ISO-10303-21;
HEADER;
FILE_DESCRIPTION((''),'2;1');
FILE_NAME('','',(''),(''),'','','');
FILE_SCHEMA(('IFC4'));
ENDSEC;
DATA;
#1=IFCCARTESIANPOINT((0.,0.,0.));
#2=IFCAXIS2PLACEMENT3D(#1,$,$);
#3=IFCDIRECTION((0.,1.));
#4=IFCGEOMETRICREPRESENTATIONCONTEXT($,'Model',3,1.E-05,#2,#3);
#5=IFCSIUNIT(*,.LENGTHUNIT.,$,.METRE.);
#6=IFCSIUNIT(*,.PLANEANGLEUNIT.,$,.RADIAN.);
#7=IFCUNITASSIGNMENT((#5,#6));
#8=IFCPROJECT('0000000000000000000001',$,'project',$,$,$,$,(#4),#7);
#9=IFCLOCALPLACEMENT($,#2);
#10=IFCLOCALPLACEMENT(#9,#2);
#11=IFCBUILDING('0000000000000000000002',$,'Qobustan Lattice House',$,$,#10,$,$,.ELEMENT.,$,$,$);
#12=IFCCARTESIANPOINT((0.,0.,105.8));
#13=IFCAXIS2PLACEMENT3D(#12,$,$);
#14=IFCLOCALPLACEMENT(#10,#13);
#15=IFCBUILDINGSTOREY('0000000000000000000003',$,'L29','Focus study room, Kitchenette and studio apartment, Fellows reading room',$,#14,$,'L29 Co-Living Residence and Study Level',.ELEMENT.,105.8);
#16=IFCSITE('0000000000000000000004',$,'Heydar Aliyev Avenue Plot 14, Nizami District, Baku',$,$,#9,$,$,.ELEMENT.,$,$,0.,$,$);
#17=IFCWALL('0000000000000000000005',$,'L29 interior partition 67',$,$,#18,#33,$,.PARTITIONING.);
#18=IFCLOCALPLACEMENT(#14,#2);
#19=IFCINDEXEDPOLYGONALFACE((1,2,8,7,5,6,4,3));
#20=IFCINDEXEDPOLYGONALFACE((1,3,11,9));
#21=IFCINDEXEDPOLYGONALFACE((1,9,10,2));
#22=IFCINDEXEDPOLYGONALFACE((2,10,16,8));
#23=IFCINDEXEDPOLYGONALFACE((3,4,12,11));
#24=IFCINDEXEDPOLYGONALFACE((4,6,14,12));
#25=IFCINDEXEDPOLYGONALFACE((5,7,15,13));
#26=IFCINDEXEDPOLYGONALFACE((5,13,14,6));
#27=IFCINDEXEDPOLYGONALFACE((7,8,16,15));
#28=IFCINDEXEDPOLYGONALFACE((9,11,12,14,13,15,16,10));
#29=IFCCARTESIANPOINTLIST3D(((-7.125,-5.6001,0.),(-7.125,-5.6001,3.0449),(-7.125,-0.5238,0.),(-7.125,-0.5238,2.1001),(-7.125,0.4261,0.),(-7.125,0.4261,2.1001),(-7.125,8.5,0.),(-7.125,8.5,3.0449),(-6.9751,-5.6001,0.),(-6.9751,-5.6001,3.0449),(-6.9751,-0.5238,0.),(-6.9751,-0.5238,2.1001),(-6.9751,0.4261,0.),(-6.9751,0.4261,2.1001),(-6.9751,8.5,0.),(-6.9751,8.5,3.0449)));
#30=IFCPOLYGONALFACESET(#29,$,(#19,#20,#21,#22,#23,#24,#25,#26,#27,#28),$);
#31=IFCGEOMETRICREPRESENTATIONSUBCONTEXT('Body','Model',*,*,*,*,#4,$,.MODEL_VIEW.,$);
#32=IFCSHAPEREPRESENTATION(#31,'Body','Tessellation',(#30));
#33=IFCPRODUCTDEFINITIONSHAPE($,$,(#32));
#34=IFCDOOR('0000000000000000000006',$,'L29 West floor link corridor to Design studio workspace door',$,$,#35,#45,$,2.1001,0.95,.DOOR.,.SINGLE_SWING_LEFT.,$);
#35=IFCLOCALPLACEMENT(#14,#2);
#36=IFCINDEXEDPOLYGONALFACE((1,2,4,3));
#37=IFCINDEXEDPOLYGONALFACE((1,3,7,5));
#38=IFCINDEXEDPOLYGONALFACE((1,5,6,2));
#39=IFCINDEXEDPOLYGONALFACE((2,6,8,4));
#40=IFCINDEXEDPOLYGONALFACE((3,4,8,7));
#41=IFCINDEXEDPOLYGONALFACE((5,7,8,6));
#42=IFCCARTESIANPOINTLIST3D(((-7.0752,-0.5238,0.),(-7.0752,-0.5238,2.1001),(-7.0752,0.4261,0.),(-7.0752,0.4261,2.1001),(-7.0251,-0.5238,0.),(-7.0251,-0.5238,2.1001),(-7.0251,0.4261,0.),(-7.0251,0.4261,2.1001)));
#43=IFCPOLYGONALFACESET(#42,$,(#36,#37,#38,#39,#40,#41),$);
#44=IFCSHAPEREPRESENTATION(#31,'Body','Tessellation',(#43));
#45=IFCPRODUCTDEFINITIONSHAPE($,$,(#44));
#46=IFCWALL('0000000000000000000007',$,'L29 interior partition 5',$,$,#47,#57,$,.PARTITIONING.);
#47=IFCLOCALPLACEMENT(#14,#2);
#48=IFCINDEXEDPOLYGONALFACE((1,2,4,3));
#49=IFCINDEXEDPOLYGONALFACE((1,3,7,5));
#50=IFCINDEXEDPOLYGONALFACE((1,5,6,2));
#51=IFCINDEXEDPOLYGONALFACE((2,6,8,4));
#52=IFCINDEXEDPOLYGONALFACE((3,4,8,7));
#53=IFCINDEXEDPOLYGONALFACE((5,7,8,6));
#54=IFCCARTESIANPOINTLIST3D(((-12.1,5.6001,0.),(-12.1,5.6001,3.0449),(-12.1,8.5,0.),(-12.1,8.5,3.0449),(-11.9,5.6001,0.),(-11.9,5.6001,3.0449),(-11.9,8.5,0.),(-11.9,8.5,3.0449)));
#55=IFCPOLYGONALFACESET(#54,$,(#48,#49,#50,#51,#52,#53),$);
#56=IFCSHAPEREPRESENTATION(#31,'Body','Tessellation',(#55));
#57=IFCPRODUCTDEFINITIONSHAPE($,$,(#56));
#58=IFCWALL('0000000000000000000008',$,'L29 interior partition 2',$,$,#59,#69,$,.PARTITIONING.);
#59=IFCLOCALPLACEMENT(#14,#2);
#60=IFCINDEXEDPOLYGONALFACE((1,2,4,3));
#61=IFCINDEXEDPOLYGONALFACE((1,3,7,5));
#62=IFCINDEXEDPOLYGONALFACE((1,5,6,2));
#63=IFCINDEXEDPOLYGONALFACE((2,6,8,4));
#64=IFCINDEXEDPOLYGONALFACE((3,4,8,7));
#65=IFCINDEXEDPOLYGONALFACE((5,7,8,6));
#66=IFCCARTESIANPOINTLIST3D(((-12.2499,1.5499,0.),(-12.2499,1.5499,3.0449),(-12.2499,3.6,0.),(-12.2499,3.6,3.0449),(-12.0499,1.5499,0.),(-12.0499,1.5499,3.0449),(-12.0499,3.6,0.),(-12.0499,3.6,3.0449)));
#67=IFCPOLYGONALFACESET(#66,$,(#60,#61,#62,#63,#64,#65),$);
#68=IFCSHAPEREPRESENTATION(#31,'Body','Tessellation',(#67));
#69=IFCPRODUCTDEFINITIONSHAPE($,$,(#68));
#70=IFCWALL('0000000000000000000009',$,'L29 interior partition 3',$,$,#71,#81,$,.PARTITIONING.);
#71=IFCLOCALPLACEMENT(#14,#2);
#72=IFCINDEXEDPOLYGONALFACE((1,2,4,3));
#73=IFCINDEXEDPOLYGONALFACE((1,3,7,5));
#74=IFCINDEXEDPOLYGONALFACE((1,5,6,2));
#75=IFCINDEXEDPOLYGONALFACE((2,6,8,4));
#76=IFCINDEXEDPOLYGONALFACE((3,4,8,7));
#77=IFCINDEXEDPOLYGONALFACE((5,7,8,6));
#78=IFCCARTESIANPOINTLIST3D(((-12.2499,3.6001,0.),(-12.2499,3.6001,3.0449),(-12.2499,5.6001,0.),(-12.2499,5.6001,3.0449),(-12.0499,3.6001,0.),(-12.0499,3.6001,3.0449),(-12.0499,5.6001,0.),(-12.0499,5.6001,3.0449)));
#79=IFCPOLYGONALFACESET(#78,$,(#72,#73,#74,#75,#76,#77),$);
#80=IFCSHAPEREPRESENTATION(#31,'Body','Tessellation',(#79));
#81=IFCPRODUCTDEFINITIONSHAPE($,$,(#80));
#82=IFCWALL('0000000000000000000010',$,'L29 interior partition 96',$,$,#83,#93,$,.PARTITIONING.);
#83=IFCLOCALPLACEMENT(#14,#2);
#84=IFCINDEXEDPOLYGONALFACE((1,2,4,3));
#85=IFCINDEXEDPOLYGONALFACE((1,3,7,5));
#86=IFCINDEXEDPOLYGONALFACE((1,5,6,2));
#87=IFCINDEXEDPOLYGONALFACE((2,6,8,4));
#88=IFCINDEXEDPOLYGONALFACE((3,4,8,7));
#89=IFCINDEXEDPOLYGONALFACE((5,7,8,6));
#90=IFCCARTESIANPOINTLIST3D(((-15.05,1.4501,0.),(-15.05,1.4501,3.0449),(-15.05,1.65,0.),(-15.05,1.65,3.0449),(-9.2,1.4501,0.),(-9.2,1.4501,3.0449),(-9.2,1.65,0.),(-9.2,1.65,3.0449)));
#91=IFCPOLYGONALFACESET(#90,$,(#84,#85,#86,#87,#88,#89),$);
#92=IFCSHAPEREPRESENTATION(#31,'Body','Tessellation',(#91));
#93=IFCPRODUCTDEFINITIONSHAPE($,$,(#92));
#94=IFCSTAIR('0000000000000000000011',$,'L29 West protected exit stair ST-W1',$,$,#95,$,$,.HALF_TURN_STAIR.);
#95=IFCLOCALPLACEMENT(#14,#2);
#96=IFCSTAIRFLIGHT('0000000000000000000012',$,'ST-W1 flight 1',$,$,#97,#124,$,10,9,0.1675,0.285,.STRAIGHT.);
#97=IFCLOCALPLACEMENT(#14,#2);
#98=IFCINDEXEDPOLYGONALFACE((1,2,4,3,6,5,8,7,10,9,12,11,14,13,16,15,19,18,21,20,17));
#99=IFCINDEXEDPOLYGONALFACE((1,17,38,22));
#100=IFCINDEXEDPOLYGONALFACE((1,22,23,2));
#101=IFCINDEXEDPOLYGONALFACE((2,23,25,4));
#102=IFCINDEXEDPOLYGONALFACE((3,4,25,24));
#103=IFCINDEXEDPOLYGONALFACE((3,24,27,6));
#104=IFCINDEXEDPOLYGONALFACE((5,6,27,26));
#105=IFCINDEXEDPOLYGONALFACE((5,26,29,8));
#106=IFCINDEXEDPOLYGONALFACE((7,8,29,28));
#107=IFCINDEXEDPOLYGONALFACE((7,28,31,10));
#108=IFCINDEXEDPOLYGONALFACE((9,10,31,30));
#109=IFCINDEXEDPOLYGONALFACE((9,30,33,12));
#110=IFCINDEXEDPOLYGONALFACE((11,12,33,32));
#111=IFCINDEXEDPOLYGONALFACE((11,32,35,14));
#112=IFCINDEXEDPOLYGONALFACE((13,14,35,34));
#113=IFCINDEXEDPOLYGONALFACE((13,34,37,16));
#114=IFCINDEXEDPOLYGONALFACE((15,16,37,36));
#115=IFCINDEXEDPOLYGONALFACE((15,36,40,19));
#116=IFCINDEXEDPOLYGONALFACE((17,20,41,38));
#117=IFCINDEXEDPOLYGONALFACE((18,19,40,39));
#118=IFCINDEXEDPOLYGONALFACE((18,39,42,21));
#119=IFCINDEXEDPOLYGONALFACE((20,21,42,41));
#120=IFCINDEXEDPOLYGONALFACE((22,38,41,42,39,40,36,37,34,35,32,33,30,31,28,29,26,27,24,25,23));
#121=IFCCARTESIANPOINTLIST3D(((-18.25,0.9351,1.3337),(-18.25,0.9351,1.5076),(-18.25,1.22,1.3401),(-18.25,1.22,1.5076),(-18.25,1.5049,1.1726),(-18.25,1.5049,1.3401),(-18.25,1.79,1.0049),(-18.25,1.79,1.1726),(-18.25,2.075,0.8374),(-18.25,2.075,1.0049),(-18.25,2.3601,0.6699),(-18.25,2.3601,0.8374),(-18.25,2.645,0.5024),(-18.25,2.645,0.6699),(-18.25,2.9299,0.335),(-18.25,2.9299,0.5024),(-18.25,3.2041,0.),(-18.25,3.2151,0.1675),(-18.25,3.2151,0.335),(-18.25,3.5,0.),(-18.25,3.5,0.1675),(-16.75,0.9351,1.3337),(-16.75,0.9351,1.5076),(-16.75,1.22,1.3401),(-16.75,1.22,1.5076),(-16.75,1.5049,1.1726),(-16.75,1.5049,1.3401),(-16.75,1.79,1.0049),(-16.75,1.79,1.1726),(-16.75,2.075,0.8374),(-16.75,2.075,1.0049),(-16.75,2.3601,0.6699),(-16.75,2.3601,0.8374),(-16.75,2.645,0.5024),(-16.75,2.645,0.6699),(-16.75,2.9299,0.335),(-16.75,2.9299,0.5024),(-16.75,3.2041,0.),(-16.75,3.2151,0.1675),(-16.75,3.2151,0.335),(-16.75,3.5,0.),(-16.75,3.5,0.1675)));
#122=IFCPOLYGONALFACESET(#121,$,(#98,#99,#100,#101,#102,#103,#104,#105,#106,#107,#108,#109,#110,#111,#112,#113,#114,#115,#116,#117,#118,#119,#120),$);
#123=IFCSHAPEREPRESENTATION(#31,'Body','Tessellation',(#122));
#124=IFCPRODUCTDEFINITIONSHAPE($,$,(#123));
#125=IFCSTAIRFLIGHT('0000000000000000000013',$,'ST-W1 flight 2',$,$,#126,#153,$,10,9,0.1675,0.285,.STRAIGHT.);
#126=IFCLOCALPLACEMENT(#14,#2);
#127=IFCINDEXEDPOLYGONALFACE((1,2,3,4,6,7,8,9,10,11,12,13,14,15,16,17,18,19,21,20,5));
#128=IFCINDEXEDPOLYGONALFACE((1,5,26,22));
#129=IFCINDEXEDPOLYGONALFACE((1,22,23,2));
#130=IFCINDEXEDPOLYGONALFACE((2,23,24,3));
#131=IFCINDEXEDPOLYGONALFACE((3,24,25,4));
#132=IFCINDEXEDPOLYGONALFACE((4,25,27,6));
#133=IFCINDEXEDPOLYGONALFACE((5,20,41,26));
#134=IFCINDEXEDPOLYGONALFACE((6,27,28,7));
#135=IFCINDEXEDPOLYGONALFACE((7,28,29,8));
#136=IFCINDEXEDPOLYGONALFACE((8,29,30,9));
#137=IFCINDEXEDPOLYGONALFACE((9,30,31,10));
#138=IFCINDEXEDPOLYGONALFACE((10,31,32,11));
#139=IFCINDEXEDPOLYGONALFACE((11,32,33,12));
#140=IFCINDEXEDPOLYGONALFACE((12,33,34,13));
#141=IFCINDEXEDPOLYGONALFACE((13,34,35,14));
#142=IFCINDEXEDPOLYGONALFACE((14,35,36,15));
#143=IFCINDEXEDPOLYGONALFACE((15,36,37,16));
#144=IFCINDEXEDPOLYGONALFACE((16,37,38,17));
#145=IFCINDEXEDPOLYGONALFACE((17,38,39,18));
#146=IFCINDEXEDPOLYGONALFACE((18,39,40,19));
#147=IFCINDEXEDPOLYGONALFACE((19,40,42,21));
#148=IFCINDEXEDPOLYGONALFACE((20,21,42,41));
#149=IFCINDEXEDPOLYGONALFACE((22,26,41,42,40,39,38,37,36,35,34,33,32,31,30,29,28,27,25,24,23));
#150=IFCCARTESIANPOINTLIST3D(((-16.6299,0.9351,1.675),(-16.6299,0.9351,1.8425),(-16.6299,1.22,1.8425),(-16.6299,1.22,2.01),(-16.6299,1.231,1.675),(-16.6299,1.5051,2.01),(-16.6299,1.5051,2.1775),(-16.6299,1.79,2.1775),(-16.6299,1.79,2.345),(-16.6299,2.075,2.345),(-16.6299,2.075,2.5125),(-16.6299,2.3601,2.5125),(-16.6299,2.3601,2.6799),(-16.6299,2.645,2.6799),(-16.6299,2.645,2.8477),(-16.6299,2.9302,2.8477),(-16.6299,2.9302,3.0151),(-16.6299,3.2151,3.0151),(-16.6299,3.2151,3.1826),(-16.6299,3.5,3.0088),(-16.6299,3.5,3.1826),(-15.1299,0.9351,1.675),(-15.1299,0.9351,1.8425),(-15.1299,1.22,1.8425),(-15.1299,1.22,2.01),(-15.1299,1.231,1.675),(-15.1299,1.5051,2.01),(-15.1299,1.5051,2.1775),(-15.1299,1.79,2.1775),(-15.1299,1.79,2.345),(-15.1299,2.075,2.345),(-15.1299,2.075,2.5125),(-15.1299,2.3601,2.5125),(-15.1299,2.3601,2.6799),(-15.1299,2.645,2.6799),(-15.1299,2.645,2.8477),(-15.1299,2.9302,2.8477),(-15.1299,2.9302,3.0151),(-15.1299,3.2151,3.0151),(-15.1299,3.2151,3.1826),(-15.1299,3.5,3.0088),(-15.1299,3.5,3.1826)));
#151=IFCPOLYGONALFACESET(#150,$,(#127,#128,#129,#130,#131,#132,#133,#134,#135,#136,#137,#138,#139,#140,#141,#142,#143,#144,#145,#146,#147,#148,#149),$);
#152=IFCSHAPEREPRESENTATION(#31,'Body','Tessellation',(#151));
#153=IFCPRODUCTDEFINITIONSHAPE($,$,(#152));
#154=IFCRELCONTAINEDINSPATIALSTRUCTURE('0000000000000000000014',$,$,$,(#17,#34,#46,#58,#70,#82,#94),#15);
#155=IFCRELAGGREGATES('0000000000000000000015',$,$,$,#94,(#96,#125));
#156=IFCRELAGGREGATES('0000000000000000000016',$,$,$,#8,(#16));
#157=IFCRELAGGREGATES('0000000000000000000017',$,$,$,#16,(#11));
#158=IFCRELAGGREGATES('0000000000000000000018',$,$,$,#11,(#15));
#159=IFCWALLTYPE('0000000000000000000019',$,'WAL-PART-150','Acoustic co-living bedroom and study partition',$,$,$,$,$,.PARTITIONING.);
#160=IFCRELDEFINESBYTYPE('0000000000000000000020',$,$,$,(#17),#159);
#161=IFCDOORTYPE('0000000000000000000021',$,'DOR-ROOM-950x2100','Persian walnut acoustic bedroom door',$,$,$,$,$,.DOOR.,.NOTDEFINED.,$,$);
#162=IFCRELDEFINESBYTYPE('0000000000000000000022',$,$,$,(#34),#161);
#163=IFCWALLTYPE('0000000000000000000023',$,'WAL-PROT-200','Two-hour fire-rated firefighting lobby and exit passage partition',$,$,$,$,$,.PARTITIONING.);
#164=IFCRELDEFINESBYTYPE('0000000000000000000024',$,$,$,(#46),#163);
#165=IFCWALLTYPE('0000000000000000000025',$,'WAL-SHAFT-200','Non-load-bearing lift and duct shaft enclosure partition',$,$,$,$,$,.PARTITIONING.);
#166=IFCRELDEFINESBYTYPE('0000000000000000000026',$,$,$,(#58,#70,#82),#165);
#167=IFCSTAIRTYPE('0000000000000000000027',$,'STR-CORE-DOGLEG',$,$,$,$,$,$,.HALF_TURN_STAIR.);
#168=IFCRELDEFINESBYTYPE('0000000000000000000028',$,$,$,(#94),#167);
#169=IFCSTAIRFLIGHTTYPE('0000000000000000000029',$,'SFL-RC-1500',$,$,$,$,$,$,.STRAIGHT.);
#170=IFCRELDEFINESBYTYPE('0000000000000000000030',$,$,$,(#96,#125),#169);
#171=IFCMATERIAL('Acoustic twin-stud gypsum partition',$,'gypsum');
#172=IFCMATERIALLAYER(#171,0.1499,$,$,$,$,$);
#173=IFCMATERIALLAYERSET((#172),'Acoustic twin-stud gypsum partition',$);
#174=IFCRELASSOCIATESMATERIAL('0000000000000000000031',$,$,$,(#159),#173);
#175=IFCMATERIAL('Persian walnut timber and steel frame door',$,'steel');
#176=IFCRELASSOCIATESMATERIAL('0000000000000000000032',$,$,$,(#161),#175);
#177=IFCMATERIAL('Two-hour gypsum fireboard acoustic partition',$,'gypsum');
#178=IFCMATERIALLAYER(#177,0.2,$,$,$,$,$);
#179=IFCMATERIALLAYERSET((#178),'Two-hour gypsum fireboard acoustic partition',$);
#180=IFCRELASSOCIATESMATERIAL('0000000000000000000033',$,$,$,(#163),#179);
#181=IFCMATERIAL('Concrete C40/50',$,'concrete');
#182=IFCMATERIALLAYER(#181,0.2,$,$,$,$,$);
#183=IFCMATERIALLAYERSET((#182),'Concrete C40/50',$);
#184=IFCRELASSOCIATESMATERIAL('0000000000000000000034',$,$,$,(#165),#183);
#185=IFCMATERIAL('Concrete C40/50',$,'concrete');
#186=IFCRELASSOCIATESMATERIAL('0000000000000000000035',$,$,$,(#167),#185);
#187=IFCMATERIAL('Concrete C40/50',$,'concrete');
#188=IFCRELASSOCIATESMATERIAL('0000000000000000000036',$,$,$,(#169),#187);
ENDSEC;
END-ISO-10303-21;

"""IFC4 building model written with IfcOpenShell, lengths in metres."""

from ifc_helpers import new_model, si_unit, direction, frame, frame_2d, origin, place, context, subcontext, project, spatial, polyline, rectangle, outline, extrude, material, layer, layer_set, type_object, element, fill, aggregate, save


model = new_model("IFC4")

# Units and contexts
model_context = context("Model", 3, precision=1e-05, world=origin(), true_north=direction((0.0, 1.0)))
body_context = subcontext(model_context, "Body", "Model", "MODEL_VIEW")
ifc_project = project(units=[si_unit("LENGTHUNIT", "METRE"), si_unit("PLANEANGLEUNIT", "RADIAN")], contexts=[model_context])

# Site, building, storey
site_placement = place(None, origin())
site = spatial("IfcSite", under=ifc_project, at=site_placement, Name="Heydar Aliyev Avenue Plot 14, Nizami District, Baku", CompositionType="ELEMENT", RefElevation=0.0)
building_placement = place(site_placement, origin())
building = spatial("IfcBuilding", under=site, at=building_placement, Name="Qobustan Lattice House", CompositionType="ELEMENT")
storey_placement = place(building_placement, frame((0.0, 0.0, 105.8)))
storey = spatial("IfcBuildingStorey", under=building, at=storey_placement, Name="L29", Description="Focus study room, Kitchenette and studio apartment, Fellows reading room", LongName="L29 Co-Living Residence and Study Level", CompositionType="ELEMENT", Elevation=105.8)

# Wall, opening, door
ifc_material_1 = material(Name="Acoustic twin-stud gypsum partition", Category="gypsum")
ifc_layer_1 = layer(ifc_material_1, 0.1499)
ifc_layer_set_1 = layer_set([ifc_layer_1], Name="Acoustic twin-stud gypsum partition")
wall_type_1 = type_object("IfcWallType", Name="WAL-PART-150", Description="Acoustic co-living bedroom and study partition", PredefinedType="PARTITIONING", material=ifc_layer_set_1)
wall_1_placement = place(storey_placement, frame((-7.05, 8.5, 0.0), z_axis=(0.0, 0.0, 1.0), x_axis=(0.0, -1.0, 0.0)))
wall_1 = element("IfcWall", 1, at=wall_1_placement, inside=storey, type_object=wall_type_1, Name="L29 interior partition 67", PredefinedType="PARTITIONING", context=body_context, shape_type="SweptSolid", body=[
    extrude(rectangle(XDim=14.1001, YDim=0.1499, at=frame_2d((7.05, 0.0))), origin(), (0.0, 0.0, 1.0), 3.0449),
])
opening_1_placement = place(wall_1_placement, frame((8.0737, 0.0, 0.0)))
opening_1 = element("IfcOpeningElement", 2, at=opening_1_placement, cuts=wall_1, PredefinedType="OPENING", context=body_context, shape_type="SweptSolid", body=[
    extrude(rectangle(XDim=0.95, YDim=2.1001, at=frame_2d((0.4751, 1.05))), frame((0.0, 0.085, 0.0), z_axis=(0.0, -1.0, 0.0), x_axis=(1.0, 0.0, 0.0)), (0.0, 0.0, 1.0), 0.1699),
])
ifc_material_2 = material(Name="Persian walnut timber and steel frame door", Category="steel")
door_type_1 = type_object("IfcDoorType", Name="DOR-ROOM-950x2100", Description="Persian walnut acoustic bedroom door", OperationType="NOTDEFINED", PredefinedType="DOOR", material=ifc_material_2)
door_1_placement = place(opening_1_placement, origin())
door_1 = element("IfcDoor", 3, at=door_1_placement, inside=storey, type_object=door_type_1, Name="L29 West floor link corridor to Design studio workspace door", OperationType="SINGLE_SWING_LEFT", OverallHeight=2.1001, OverallWidth=0.95, PredefinedType="DOOR", context=body_context, shape_type="SweptSolid", body=[
    extrude(rectangle(XDim=0.95, YDim=2.1001, at=frame_2d((0.4751, 1.05))), frame((0.0, 0.0249, 0.0), z_axis=(0.0, -1.0, 0.0), x_axis=(1.0, 0.0, 0.0)), (0.0, 0.0, 1.0), 0.05),
])
fill(opening_1, door_1)
ifc_material_3 = material(Name="Two-hour gypsum fireboard acoustic partition", Category="gypsum")
ifc_layer_2 = layer(ifc_material_3, 0.2)
ifc_layer_set_2 = layer_set([ifc_layer_2], Name="Two-hour gypsum fireboard acoustic partition")
wall_type_2 = type_object("IfcWallType", Name="WAL-PROT-200", Description="Two-hour fire-rated firefighting lobby and exit passage partition", PredefinedType="PARTITIONING", material=ifc_layer_set_2)

# Walls
wall_2_placement = place(storey_placement, frame((-12.0, 5.6001, 0.0), z_axis=(0.0, 0.0, 1.0), x_axis=(0.0, 1.0, 0.0)))
element("IfcWall", 4, at=wall_2_placement, inside=storey, type_object=wall_type_2, Name="L29 interior partition 5", PredefinedType="PARTITIONING", context=body_context, shape_type="SweptSolid", body=[
    extrude(rectangle(XDim=2.8999, YDim=0.2, at=frame_2d((1.45, 0.0))), origin(), (0.0, 0.0, 1.0), 3.0449),
])
ifc_material_4 = material(Name="Concrete C40/50", Category="concrete")
ifc_layer_3 = layer(ifc_material_4, 0.2)
ifc_layer_set_3 = layer_set([ifc_layer_3], Name="Concrete C40/50")
wall_type_3 = type_object("IfcWallType", Name="WAL-SHAFT-200", Description="Non-load-bearing lift and duct shaft enclosure partition", PredefinedType="PARTITIONING", material=ifc_layer_set_3)
wall_3_placement = place(storey_placement, frame((-12.1499, 1.55, 0.0), z_axis=(0.0, 0.0, 1.0), x_axis=(0.0, 1.0, 0.0)))
element("IfcWall", 5, at=wall_3_placement, inside=storey, type_object=wall_type_3, Name="L29 interior partition 2", PredefinedType="PARTITIONING", context=body_context, shape_type="SweptSolid", body=[
    extrude(rectangle(XDim=2.05, YDim=0.2, at=frame_2d((1.0249, 0.0))), origin(), (0.0, 0.0, 1.0), 3.0449),
])
wall_4_placement = place(storey_placement, frame((-12.1499, 3.6001, 0.0), z_axis=(0.0, 0.0, 1.0), x_axis=(0.0, 1.0, 0.0)))
element("IfcWall", 6, at=wall_4_placement, inside=storey, type_object=wall_type_3, Name="L29 interior partition 3", PredefinedType="PARTITIONING", context=body_context, shape_type="SweptSolid", body=[
    extrude(rectangle(XDim=2.0, YDim=0.2, at=frame_2d((1.0, 0.0))), origin(), (0.0, 0.0, 1.0), 3.0449),
])
wall_5_placement = place(storey_placement, frame((-15.05, 1.55, 0.0), z_axis=(0.0, 0.0, 1.0), x_axis=(1.0, 0.0, 0.0)))
element("IfcWall", 7, at=wall_5_placement, inside=storey, type_object=wall_type_3, Name="L29 interior partition 96", PredefinedType="PARTITIONING", context=body_context, shape_type="SweptSolid", body=[
    extrude(rectangle(XDim=5.8501, YDim=0.2, at=frame_2d((2.925, 0.0))), origin(), (0.0, 0.0, 1.0), 3.0449),
])

# Stair, stair flights
ifc_material_5 = material(Name="Concrete C40/50", Category="concrete")
stair_type = type_object("IfcStairType", Name="STR-CORE-DOGLEG", PredefinedType="HALF_TURN_STAIR", material=ifc_material_5)
stair_placement = place(storey_placement, origin())
stair = element("IfcStair", 8, at=stair_placement, inside=storey, type_object=stair_type, Name="L29 West protected exit stair ST-W1", PredefinedType="HALF_TURN_STAIR")
ifc_material_6 = material(Name="Concrete C40/50", Category="concrete")
stair_flight_type = type_object("IfcStairFlightType", Name="SFL-RC-1500", PredefinedType="STRAIGHT", material=ifc_material_6)
stair_flight_1_placement = place(storey_placement, frame((-17.5, 3.5, 0.0), z_axis=(0.0, 0.0, 1.0), x_axis=(0.0, -1.0, 0.0)))
stair_flight_1 = element("IfcStairFlight", 9, at=stair_flight_1_placement, type_object=stair_flight_type, Name="ST-W1 flight 1", NumberOfRisers=10, NumberOfTreads=9, PredefinedType="STRAIGHT", RiserHeight=0.1675, TreadLength=0.285, context=body_context, shape_type="SweptSolid", body=[
    extrude(outline(polyline([(0.0, 0.0), (0.0, 0.1675), (0.2849, 0.1675), (0.2849, 0.335), (0.5701, 0.335), (0.5701, 0.5024), (0.855, 0.5024), (0.855, 0.6699), (1.1399, 0.6699), (1.1399, 0.8374), (1.425, 0.8374), (1.425, 1.0049), (1.71, 1.0049), (1.71, 1.1726), (1.9951, 1.1726), (1.9951, 1.3401), (2.28, 1.3401), (2.28, 1.5076), (2.5649, 1.5076), (2.5649, 1.675), (2.5649, 1.3337), (0.2959, 0.0), (0.0, 0.0)])), frame((0.0, 0.75, 0.0), z_axis=(0.0, -1.0, 0.0), x_axis=(1.0, 0.0, 0.0)), (0.0, 0.0, 1.0), 1.5),
])
stair_flight_2_placement = place(storey_placement, frame((-15.8799, 0.9351, 1.675), z_axis=(0.0, 0.0, 1.0), x_axis=(0.0, 1.0, 0.0)))
stair_flight_2 = element("IfcStairFlight", 10, at=stair_flight_2_placement, type_object=stair_flight_type, Name="ST-W1 flight 2", NumberOfRisers=10, NumberOfTreads=9, PredefinedType="STRAIGHT", RiserHeight=0.1675, TreadLength=0.285, context=body_context, shape_type="SweptSolid", body=[
    extrude(outline(polyline([(0.0, 0.0), (0.0, 0.1675), (0.2849, 0.1675), (0.2849, 0.335), (0.5701, 0.335), (0.5701, 0.5024), (0.855, 0.5024), (0.855, 0.6699), (1.1399, 0.6699), (1.1399, 0.8374), (1.425, 0.8374), (1.425, 1.0049), (1.71, 1.0049), (1.71, 1.1726), (1.9951, 1.1726), (1.9951, 1.3401), (2.28, 1.3401), (2.28, 1.5076), (2.5649, 1.5076), (2.5649, 1.675), (2.5649, 1.3337), (0.2959, 0.0), (0.0, 0.0)])), frame((0.0, 0.75, 0.0), z_axis=(0.0, -1.0, 0.0), x_axis=(1.0, 0.0, 0.0)), (0.0, 0.0, 1.0), 1.5),
])
aggregate(stair, [stair_flight_1, stair_flight_2])

save(model, "model.ifc")
